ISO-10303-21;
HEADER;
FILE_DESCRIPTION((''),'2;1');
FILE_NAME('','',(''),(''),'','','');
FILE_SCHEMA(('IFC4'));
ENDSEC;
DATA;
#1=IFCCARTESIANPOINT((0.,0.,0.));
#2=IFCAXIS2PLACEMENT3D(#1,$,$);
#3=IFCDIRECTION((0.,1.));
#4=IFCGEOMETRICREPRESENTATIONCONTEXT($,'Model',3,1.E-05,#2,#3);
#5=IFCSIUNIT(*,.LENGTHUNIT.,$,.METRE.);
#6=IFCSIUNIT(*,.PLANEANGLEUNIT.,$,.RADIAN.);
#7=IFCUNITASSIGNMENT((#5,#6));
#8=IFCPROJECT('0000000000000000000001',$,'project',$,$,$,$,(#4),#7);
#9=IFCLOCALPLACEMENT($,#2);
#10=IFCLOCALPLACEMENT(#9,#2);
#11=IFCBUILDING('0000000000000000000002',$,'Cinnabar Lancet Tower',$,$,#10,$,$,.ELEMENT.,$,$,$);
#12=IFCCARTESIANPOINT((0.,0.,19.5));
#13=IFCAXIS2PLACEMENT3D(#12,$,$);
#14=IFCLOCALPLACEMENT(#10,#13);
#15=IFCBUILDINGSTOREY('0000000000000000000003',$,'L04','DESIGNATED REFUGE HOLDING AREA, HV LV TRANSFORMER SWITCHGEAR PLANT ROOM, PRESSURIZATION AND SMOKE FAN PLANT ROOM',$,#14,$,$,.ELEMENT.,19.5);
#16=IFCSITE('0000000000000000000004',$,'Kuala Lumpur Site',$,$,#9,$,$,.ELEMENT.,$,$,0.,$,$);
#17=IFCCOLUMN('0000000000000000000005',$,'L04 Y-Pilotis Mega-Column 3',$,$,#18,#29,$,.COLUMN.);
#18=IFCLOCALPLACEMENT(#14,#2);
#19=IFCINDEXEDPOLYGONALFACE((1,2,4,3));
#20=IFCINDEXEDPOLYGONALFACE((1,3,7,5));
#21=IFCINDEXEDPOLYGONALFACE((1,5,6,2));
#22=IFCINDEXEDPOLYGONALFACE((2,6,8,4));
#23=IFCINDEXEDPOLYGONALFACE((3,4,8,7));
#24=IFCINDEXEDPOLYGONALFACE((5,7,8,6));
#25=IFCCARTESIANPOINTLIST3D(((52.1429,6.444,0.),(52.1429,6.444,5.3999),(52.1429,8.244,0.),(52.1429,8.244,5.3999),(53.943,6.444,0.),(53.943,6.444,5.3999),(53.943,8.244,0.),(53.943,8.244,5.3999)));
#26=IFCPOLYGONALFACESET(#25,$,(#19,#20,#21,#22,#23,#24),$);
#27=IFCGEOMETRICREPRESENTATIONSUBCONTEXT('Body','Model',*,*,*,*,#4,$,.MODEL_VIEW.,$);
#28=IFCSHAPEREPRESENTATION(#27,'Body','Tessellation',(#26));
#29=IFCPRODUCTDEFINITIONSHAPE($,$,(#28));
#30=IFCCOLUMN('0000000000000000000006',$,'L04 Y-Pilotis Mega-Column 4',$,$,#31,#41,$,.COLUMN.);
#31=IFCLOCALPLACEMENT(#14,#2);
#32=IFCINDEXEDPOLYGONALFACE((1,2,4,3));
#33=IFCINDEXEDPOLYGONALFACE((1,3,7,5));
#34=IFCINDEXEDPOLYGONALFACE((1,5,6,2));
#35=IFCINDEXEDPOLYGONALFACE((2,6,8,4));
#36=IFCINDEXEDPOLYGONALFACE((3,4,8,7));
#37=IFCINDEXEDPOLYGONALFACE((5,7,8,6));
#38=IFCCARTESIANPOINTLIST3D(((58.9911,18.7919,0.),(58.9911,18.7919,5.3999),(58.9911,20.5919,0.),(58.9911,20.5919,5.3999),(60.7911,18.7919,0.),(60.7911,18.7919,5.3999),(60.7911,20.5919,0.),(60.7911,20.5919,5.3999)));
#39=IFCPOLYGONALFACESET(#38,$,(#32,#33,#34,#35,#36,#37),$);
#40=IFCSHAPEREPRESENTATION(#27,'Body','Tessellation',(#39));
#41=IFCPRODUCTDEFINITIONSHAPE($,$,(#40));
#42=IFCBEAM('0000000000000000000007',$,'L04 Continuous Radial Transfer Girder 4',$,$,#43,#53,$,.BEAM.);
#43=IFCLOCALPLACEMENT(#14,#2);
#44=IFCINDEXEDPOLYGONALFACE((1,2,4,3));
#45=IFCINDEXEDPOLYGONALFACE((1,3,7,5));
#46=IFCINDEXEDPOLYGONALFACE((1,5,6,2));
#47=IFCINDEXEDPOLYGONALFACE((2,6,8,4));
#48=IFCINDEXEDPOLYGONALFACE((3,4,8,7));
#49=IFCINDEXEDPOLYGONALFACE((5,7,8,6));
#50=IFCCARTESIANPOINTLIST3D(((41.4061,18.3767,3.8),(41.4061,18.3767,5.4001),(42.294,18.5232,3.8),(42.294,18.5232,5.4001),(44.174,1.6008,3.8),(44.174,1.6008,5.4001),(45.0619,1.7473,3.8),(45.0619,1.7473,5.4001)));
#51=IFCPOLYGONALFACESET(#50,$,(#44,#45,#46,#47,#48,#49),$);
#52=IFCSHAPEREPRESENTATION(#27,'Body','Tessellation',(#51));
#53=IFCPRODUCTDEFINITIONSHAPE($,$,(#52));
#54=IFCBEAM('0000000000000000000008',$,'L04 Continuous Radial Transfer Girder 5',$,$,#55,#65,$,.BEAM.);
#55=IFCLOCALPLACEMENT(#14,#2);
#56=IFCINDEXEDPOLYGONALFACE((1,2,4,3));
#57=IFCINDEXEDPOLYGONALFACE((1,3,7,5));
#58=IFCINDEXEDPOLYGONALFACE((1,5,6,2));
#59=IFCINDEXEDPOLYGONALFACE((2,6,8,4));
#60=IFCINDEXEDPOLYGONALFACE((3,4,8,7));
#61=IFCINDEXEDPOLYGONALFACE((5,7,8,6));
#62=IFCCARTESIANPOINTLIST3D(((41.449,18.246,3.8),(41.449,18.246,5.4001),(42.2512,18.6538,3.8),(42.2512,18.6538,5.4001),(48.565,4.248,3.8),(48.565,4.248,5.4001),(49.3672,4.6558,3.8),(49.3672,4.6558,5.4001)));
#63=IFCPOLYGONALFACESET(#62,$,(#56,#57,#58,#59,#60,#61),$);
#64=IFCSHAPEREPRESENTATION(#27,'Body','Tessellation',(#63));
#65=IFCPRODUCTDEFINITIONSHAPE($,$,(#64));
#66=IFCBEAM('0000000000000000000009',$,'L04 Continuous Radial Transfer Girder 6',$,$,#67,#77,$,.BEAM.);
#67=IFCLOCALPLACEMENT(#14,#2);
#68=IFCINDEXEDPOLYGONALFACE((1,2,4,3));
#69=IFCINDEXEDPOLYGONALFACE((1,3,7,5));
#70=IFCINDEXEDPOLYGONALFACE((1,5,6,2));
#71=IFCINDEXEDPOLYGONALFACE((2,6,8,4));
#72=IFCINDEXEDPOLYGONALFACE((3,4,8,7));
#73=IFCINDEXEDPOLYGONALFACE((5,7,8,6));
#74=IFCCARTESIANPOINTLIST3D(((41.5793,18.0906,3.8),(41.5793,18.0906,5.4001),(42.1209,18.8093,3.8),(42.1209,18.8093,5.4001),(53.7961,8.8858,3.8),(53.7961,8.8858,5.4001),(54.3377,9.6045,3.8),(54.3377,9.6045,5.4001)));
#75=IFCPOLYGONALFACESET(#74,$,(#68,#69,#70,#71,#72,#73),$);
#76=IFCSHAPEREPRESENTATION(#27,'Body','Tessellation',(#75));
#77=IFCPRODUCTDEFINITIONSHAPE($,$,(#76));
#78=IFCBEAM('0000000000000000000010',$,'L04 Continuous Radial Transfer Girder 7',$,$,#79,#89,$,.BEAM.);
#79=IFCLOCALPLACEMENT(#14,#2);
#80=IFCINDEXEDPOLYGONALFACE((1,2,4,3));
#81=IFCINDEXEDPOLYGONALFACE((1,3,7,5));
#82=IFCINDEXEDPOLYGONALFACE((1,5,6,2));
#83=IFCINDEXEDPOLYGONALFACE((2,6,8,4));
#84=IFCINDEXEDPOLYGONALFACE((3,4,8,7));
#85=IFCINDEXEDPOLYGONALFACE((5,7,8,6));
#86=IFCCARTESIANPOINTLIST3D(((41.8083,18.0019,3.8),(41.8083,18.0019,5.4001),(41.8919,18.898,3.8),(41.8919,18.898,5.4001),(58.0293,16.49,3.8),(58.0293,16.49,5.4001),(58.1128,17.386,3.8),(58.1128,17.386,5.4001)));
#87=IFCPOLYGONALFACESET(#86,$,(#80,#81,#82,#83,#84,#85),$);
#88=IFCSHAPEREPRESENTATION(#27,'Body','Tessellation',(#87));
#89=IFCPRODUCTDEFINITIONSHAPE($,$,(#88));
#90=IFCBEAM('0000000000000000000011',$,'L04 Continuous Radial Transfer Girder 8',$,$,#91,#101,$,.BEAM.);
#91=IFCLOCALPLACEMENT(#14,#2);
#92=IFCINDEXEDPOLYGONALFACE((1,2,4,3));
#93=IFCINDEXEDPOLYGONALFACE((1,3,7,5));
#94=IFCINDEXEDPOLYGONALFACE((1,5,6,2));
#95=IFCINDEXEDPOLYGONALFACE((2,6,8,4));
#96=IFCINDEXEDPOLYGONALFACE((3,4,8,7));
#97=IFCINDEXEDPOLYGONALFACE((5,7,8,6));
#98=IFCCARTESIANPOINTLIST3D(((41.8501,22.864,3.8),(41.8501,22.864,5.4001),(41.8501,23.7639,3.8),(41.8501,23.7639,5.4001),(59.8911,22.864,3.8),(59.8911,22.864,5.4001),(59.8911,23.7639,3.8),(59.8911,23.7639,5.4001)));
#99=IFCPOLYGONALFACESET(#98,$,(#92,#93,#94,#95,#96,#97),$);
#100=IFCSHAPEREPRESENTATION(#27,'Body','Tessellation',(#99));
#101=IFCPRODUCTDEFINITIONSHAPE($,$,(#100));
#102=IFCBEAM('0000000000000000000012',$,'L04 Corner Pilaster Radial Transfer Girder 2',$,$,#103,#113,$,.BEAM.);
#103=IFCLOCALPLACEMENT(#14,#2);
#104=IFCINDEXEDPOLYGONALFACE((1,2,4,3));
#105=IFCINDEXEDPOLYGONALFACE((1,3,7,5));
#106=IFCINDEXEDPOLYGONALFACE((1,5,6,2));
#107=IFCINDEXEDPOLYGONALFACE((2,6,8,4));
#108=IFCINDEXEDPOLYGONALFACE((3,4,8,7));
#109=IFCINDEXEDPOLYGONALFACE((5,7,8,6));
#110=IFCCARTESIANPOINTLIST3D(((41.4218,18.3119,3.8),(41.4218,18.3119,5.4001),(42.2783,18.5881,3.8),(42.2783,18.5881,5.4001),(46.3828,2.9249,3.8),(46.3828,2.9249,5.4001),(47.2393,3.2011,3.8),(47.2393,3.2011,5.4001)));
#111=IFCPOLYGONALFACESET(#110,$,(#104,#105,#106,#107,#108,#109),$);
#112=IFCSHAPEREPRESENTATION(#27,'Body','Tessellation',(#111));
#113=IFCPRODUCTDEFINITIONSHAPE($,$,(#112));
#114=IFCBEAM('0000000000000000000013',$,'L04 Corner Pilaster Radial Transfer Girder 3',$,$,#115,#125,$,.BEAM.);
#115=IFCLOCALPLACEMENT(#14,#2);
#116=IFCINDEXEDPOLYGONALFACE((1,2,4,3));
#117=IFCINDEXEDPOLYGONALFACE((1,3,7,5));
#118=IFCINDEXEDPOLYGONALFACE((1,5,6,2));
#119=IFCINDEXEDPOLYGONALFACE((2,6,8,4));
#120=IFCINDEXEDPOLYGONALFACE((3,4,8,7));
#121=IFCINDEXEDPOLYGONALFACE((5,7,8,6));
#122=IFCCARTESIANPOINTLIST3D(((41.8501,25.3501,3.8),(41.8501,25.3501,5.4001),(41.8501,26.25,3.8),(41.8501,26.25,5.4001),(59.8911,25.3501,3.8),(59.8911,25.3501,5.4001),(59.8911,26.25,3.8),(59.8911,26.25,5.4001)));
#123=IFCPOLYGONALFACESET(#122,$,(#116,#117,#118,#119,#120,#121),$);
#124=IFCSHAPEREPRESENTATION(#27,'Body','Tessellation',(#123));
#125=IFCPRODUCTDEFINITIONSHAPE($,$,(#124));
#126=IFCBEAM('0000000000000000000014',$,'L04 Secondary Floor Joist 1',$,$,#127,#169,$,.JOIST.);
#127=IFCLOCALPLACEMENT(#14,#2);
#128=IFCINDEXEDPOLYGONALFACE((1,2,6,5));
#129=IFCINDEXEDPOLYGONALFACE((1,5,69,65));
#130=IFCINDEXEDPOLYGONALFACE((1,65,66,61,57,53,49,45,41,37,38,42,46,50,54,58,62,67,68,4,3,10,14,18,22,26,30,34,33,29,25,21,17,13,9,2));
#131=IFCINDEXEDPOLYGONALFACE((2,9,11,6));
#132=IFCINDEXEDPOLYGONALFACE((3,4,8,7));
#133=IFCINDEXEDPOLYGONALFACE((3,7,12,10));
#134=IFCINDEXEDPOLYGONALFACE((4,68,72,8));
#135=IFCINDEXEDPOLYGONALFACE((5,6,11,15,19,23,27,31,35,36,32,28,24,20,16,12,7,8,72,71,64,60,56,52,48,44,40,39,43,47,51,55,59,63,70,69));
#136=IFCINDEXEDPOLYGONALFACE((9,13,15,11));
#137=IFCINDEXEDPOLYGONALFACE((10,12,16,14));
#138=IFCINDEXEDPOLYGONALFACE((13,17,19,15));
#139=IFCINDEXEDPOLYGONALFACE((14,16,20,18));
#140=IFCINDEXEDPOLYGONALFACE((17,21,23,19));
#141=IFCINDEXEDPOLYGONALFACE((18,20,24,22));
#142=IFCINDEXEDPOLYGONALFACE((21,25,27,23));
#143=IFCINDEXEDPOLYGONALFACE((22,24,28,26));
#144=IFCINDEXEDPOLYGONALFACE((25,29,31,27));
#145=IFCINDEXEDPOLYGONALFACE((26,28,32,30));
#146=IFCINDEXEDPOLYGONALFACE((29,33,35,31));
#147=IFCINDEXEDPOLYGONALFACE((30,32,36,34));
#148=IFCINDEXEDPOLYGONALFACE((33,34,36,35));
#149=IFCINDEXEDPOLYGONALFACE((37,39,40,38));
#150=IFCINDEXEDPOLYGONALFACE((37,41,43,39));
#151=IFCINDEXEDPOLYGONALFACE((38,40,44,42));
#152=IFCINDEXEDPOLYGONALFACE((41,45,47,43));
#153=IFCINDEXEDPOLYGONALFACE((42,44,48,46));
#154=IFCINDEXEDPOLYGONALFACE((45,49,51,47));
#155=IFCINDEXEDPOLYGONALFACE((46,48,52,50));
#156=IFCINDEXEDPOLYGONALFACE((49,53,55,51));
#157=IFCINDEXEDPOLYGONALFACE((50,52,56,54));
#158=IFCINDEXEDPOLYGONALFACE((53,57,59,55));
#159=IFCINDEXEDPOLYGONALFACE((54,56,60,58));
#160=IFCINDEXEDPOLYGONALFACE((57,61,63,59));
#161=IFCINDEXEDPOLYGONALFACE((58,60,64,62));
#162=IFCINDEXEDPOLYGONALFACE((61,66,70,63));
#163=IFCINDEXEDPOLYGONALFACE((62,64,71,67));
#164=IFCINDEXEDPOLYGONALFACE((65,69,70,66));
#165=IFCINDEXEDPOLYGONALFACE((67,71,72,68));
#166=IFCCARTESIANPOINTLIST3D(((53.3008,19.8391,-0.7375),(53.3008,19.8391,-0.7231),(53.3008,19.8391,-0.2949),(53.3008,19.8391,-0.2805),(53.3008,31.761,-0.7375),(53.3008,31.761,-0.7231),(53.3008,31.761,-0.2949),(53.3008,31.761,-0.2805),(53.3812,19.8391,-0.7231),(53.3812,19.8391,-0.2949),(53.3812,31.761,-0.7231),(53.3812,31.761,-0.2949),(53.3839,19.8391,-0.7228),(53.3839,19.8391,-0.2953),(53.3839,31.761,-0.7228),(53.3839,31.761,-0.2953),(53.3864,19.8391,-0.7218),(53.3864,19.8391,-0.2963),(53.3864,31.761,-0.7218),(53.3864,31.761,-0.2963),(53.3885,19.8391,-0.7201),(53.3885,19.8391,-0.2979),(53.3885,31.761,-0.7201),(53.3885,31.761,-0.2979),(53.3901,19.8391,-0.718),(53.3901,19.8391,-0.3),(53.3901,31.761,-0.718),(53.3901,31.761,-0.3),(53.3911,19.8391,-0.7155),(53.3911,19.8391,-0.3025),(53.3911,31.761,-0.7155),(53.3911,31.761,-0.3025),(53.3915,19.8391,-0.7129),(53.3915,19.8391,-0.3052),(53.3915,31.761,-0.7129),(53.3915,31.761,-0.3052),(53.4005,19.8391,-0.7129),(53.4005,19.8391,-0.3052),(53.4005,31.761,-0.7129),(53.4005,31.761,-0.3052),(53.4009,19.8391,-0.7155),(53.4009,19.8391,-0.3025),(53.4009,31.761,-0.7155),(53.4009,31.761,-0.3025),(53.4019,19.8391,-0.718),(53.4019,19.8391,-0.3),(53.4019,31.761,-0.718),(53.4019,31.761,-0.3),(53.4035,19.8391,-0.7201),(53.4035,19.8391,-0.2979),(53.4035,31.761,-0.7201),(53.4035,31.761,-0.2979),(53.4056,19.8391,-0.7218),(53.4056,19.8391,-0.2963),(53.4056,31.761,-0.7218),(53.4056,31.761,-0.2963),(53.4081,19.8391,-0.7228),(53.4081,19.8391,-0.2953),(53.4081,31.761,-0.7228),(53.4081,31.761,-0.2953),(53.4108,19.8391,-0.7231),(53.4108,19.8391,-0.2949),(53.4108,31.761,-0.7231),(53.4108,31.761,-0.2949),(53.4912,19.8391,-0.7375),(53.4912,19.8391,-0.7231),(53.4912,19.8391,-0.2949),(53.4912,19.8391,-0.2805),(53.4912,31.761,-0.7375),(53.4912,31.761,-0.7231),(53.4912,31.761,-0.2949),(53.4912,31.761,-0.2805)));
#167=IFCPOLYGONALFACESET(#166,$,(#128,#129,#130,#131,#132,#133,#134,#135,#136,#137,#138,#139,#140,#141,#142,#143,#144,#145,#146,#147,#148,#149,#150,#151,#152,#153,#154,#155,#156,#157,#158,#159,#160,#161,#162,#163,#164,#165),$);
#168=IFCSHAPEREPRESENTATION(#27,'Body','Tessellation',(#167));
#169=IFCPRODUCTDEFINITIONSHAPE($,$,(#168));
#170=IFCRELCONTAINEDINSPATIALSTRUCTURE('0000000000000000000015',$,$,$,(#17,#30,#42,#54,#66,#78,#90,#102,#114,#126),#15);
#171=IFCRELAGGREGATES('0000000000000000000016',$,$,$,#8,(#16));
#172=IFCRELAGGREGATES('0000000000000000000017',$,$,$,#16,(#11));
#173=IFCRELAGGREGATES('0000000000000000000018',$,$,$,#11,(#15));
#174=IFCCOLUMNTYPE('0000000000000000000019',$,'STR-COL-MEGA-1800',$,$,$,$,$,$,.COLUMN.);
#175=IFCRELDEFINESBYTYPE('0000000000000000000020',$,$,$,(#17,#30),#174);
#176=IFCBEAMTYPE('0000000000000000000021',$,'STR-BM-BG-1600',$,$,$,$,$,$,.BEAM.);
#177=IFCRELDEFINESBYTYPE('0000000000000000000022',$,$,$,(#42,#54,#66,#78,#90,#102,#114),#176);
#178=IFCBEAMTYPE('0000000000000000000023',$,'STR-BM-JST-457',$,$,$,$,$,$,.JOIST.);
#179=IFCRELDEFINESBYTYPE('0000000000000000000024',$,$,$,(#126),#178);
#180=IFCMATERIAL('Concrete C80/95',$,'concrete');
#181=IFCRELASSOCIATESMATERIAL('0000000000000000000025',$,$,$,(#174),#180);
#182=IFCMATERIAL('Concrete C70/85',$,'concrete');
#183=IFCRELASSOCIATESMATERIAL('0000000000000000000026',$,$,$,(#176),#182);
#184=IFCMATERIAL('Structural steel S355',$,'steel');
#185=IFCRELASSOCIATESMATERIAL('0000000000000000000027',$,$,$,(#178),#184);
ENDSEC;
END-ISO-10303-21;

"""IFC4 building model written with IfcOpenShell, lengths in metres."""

from ifc_helpers import new_model, si_unit, direction, frame, origin, origin_2d, place, context, subcontext, project, spatial, rectangle, i_section, extrude, material, material_profile, profile_set, type_object, element, save


model = new_model("IFC4")

# Units and contexts
model_context = context("Model", 3, precision=1e-05, world=origin(), true_north=direction((0.0, 1.0)))
body_context = subcontext(model_context, "Body", "Model", "MODEL_VIEW")
ifc_project = project(units=[si_unit("LENGTHUNIT", "METRE"), si_unit("PLANEANGLEUNIT", "RADIAN")], contexts=[model_context])

# Site, building, storey
site_placement = place(None, origin())
site = spatial("IfcSite", under=ifc_project, at=site_placement, Name="Kuala Lumpur Site", CompositionType="ELEMENT", RefElevation=0.0)
building_placement = place(site_placement, origin())
building = spatial("IfcBuilding", under=site, at=building_placement, Name="Cinnabar Lancet Tower", CompositionType="ELEMENT")
storey_placement = place(building_placement, frame((0.0, 0.0, 19.5)))
storey = spatial("IfcBuildingStorey", under=building, at=storey_placement, Name="L04", Description="DESIGNATED REFUGE HOLDING AREA, HV LV TRANSFORMER SWITCHGEAR PLANT ROOM, PRESSURIZATION AND SMOKE FAN PLANT ROOM", CompositionType="ELEMENT", Elevation=19.5)

# Columns
ifc_material_1 = material(Name="Concrete C80/95", Category="concrete")
ifc_material_profile_1 = material_profile(ifc_material_1, rectangle(XDim=1.8, YDim=1.8, at=origin_2d()), Name="RC-MEGA 1800x1800")
ifc_profile_set_1 = profile_set([ifc_material_profile_1], Name="Concrete C80/95")
column_type = type_object("IfcColumnType", Name="STR-COL-MEGA-1800", PredefinedType="COLUMN", material=ifc_profile_set_1)
for number, where, z_axis, x_axis, name in (
    (1, (53.043, 7.344, 0.0), (0.0, 0.0, 1.0), (1.0, 0.0, 0.0), "L04 Y-Pilotis Mega-Column 3"),
    (2, (59.8911, 19.6919, 0.0), (0.0, 0.0, 1.0), (1.0, 0.0, 0.0), "L04 Y-Pilotis Mega-Column 4"),
):
    element("IfcColumn", number, at=place(storey_placement, frame(where, z_axis=z_axis, x_axis=x_axis)), inside=storey, type_object=column_type, Name=name, PredefinedType="COLUMN", context=body_context, shape_type="SweptSolid", body=[
        extrude(rectangle(XDim=1.8, YDim=1.8, at=origin_2d()), origin(), (0.0, 0.0, 1.0), 5.3999),
    ])

# Beams
ifc_material_2 = material(Name="Concrete C70/85", Category="concrete")
ifc_material_profile_2 = material_profile(ifc_material_2, rectangle(XDim=0.8999, YDim=1.6001, at=origin_2d()), Name="RC-BG 900x1600")
ifc_profile_set_2 = profile_set([ifc_material_profile_2], Name="Concrete C70/85")
beam_type_1 = type_object("IfcBeamType", Name="STR-BM-BG-1600", PredefinedType="BEAM", material=ifc_profile_set_2)
beam_1_placement = place(storey_placement, frame((44.6179, 1.6741, 4.6001), z_axis=(-0.162787, 0.986661, 0.0), x_axis=(-0.986661, -0.162787, 0.0)))
element("IfcBeam", 3, at=beam_1_placement, inside=storey, type_object=beam_type_1, Name="L04 Continuous Radial Transfer Girder 4", PredefinedType="BEAM", context=body_context, shape_type="SweptSolid", body=[
    extrude(rectangle(XDim=0.8999, YDim=1.6001, at=origin_2d()), origin(), (0.0, 0.0, 1.0), 17.0027),
])
beam_2_placement = place(storey_placement, frame((48.9661, 4.4519, 4.6001), z_axis=(-0.453161, 0.891428, 0.0), x_axis=(-0.891428, -0.453161, 0.0)))
element("IfcBeam", 4, at=beam_2_placement, inside=storey, type_object=beam_type_1, Name="L04 Continuous Radial Transfer Girder 5", PredefinedType="BEAM", context=body_context, shape_type="SweptSolid", body=[
    extrude(rectangle(XDim=0.8999, YDim=1.6001, at=origin_2d()), origin(), (0.0, 0.0, 1.0), 15.7029),
])
beam_3_placement = place(storey_placement, frame((54.0669, 9.2451, 4.6001), z_axis=(-0.798673, 0.601766, 0.0), x_axis=(-0.601766, -0.798673, 0.0)))
element("IfcBeam", 5, at=beam_3_placement, inside=storey, type_object=beam_type_1, Name="L04 Continuous Radial Transfer Girder 6", PredefinedType="BEAM", context=body_context, shape_type="SweptSolid", body=[
    extrude(rectangle(XDim=0.8999, YDim=1.6001, at=origin_2d()), origin(), (0.0, 0.0, 1.0), 15.2964),
])
beam_4_placement = place(storey_placement, frame((58.071, 16.938, 4.6001), z_axis=(-0.995684, 0.092808, 0.0), x_axis=(-0.092808, -0.995684, 0.0)))
element("IfcBeam", 6, at=beam_4_placement, inside=storey, type_object=beam_type_1, Name="L04 Continuous Radial Transfer Girder 7", PredefinedType="BEAM", context=body_context, shape_type="SweptSolid", body=[
    extrude(rectangle(XDim=0.8999, YDim=1.6001, at=origin_2d()), origin(), (0.0, 0.0, 1.0), 16.2913),
])
beam_5_placement = place(storey_placement, frame((59.8911, 23.314, 4.6001), z_axis=(-1.0, 0.0, 0.0), x_axis=(0.0, -1.0, 0.0)))
element("IfcBeam", 7, at=beam_5_placement, inside=storey, type_object=beam_type_1, Name="L04 Continuous Radial Transfer Girder 8", PredefinedType="BEAM", context=body_context, shape_type="SweptSolid", body=[
    extrude(rectangle(XDim=0.8999, YDim=1.6001, at=origin_2d()), origin(), (0.0, 0.0, 1.0), 18.041),
])
beam_6_placement = place(storey_placement, frame((46.811, 3.063, 4.6001), z_axis=(-0.306857, 0.951756, 0.0), x_axis=(-0.951756, -0.306857, 0.0)))
element("IfcBeam", 8, at=beam_6_placement, inside=storey, type_object=beam_type_1, Name="L04 Corner Pilaster Radial Transfer Girder 2", PredefinedType="BEAM", context=body_context, shape_type="SweptSolid", body=[
    extrude(rectangle(XDim=0.8999, YDim=1.6001, at=origin_2d()), origin(), (0.0, 0.0, 1.0), 16.167),
])
beam_7_placement = place(storey_placement, frame((59.8911, 25.8, 4.6001), z_axis=(-1.0, 0.0, 0.0), x_axis=(0.0, -1.0, 0.0)))
element("IfcBeam", 9, at=beam_7_placement, inside=storey, type_object=beam_type_1, Name="L04 Corner Pilaster Radial Transfer Girder 3", PredefinedType="BEAM", context=body_context, shape_type="SweptSolid", body=[
    extrude(rectangle(XDim=0.8999, YDim=1.6001, at=origin_2d()), origin(), (0.0, 0.0, 1.0), 18.041),
])
ifc_material_3 = material(Name="Structural steel S355", Category="steel")
ifc_material_profile_3 = material_profile(ifc_material_3, i_section(OverallWidth=0.1904, OverallDepth=0.457, WebThickness=0.009, FlangeThickness=0.0144, FilletRadius=0.0103, at=origin_2d()), Name="UKB 457x191x74")
ifc_profile_set_3 = profile_set([ifc_material_profile_3], Name="Structural steel S355")
beam_type_2 = type_object("IfcBeamType", Name="STR-BM-JST-457", PredefinedType="JOIST", material=ifc_profile_set_3)
for number, where, z_axis, x_axis, name in (
    (10, (53.396, 19.8391, -0.509), (0.0, 1.0, 0.0), (-1.0, 0.0, 0.0), "L04 Secondary Floor Joist 1"),
):
    element("IfcBeam", number, at=place(storey_placement, frame(where, z_axis=z_axis, x_axis=x_axis)), inside=storey, type_object=beam_type_2, Name=name, PredefinedType="JOIST", context=body_context, shape_type="SweptSolid", body=[
        extrude(i_section(OverallWidth=0.1904, OverallDepth=0.457, WebThickness=0.009, FlangeThickness=0.0144, FilletRadius=0.0103, at=origin_2d()), origin(), (0.0, 0.0, 1.0), 11.9219),
    ])

save(model, "model.ifc")
